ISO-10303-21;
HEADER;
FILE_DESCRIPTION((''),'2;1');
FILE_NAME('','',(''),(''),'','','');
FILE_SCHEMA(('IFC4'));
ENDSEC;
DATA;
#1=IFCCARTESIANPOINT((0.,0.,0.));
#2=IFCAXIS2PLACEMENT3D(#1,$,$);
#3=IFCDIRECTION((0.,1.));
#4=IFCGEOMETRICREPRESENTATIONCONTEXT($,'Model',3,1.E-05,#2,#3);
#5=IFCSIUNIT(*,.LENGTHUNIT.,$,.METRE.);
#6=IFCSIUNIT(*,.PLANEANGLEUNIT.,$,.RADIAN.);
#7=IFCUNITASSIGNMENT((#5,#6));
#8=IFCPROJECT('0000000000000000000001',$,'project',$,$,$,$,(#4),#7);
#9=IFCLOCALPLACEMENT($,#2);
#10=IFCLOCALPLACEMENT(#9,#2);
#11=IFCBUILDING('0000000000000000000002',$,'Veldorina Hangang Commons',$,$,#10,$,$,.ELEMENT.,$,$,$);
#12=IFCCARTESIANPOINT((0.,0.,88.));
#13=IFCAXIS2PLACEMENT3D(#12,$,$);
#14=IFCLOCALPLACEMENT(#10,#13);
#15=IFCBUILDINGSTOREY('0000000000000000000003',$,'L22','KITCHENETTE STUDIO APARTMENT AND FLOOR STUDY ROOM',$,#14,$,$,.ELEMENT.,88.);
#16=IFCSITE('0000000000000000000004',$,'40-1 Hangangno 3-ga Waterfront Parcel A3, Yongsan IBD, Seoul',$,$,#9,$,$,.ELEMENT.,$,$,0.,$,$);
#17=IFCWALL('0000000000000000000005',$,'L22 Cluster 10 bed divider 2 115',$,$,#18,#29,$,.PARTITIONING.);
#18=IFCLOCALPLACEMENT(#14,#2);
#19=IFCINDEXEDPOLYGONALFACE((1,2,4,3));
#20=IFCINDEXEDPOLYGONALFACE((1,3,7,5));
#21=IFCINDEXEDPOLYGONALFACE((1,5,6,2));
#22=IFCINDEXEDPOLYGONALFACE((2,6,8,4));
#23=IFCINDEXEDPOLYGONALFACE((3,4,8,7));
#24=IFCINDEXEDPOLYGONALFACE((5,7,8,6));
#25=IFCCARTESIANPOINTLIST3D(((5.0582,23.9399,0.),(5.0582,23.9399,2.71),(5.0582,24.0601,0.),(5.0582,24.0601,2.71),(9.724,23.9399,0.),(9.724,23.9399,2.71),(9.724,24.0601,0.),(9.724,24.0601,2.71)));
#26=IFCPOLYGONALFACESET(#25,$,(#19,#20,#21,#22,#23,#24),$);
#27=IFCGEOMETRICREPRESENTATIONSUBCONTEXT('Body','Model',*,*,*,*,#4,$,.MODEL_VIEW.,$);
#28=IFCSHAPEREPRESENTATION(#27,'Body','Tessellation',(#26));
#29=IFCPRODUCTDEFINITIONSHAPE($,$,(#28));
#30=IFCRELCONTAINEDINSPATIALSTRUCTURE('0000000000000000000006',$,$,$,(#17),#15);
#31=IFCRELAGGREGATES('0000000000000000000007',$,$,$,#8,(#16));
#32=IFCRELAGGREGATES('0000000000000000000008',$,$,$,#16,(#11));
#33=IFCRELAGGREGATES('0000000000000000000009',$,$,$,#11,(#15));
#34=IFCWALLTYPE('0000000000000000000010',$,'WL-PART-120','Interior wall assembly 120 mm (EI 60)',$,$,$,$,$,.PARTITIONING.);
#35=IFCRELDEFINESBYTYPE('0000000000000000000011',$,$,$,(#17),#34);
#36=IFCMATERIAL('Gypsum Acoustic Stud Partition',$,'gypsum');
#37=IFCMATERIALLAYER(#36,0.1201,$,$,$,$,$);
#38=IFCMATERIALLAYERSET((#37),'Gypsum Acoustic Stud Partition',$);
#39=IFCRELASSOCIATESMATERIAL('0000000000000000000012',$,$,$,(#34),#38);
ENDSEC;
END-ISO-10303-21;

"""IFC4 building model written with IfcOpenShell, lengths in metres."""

from ifc_helpers import new_model, si_unit, direction, frame, frame_2d, origin, place, context, subcontext, project, spatial, rectangle, extrude, material, layer, layer_set, type_object, element, save


model = new_model("IFC4")

# Units and contexts
model_context = context("Model", 3, precision=1e-05, world=origin(), true_north=direction((0.0, 1.0)))
body_context = subcontext(model_context, "Body", "Model", "MODEL_VIEW")
ifc_project = project(units=[si_unit("LENGTHUNIT", "METRE"), si_unit("PLANEANGLEUNIT", "RADIAN")], contexts=[model_context])

# Site, building, storey
site_placement = place(None, origin())
site = spatial("IfcSite", under=ifc_project, at=site_placement, Name="40-1 Hangangno 3-ga Waterfront Parcel A3, Yongsan IBD, Seoul", CompositionType="ELEMENT", RefElevation=0.0)
building_placement = place(site_placement, origin())
building = spatial("IfcBuilding", under=site, at=building_placement, Name="Veldorina Hangang Commons", CompositionType="ELEMENT")
storey_placement = place(building_placement, frame((0.0, 0.0, 88.0)))
storey = spatial("IfcBuildingStorey", under=building, at=storey_placement, Name="L22", Description="KITCHENETTE STUDIO APARTMENT AND FLOOR STUDY ROOM", CompositionType="ELEMENT", Elevation=88.0)

# Shared definitions
ifc_material_1 = material(Name="Gypsum Acoustic Stud Partition", Category="gypsum")
ifc_layer_1 = layer(ifc_material_1, 0.1201)
ifc_layer_set_1 = layer_set([ifc_layer_1], Name="Gypsum Acoustic Stud Partition")
wall_type_1 = type_object("IfcWallType", Name="WL-PART-120", Description="Interior wall assembly 120 mm (EI 60)", PredefinedType="PARTITIONING", material=ifc_layer_set_1)

# Wall
wall_1_placement = place(storey_placement, frame((9.7241, 24.0, 0.0), z_axis=(0.0, 0.0, 1.0), x_axis=(-1.0, 0.0, 0.0)))
element("IfcWall", 1, at=wall_1_placement, inside=storey, type_object=wall_type_1, Name="L22 Cluster 10 bed divider 2 115", PredefinedType="PARTITIONING", context=body_context, shape_type="SweptSolid", body=[
    extrude(rectangle(XDim=4.6658, YDim=0.1201, at=frame_2d((2.333, 0.0))), origin(), (0.0, 0.0, 1.0), 2.71),
])

save(model, "model.ifc")
